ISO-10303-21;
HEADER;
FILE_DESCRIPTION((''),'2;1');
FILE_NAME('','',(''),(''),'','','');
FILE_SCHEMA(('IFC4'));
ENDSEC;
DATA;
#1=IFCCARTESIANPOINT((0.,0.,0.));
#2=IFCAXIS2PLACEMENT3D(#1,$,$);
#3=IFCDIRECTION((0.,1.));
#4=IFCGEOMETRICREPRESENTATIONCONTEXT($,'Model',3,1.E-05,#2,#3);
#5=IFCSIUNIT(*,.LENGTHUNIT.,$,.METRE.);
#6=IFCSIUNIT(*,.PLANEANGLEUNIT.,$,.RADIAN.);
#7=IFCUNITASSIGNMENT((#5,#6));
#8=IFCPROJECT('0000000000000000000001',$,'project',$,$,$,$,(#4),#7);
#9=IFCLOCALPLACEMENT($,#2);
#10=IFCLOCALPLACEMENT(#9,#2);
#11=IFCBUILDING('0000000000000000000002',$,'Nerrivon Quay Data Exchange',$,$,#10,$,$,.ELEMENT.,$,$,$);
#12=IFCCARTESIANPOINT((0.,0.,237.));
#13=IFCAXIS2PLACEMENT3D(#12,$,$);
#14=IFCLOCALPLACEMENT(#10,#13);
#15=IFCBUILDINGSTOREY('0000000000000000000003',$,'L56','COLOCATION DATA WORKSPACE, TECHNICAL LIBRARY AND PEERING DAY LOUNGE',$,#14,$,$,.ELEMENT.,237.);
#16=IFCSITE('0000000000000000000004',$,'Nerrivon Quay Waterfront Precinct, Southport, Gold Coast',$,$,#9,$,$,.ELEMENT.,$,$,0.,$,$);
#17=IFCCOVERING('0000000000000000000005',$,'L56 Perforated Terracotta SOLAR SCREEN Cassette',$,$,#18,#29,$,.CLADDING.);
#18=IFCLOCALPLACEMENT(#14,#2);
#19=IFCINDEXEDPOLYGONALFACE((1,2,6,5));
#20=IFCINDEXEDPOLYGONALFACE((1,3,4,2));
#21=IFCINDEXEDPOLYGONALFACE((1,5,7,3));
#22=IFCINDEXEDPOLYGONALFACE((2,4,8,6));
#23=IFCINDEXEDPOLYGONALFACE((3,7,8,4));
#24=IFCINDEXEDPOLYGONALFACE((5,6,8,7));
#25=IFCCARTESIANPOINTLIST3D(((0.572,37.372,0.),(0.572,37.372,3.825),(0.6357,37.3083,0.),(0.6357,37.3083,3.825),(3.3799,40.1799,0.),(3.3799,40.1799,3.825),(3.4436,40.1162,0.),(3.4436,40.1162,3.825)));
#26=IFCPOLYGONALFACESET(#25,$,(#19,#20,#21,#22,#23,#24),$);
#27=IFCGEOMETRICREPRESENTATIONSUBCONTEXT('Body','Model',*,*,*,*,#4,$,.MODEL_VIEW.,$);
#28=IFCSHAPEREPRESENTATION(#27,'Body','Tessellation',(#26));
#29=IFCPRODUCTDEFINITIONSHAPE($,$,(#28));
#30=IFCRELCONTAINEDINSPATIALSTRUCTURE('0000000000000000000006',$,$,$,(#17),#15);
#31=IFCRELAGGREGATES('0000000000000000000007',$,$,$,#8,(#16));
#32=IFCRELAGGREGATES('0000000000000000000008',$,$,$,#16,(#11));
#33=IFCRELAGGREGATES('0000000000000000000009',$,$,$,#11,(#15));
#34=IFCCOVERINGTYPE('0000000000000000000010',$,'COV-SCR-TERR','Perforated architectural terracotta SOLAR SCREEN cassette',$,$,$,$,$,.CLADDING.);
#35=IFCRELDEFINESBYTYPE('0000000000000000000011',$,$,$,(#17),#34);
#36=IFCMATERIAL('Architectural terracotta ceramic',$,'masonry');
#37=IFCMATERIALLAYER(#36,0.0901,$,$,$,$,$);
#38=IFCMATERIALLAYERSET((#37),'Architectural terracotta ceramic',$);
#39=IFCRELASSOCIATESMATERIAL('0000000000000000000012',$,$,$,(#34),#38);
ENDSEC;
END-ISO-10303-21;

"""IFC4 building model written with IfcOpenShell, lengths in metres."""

from ifc_helpers import new_model, si_unit, direction, frame, origin, origin_2d, place, context, subcontext, project, spatial, rectangle, extrude, material, layer, layer_set, type_object, element, save


model = new_model("IFC4")

# Units and contexts
model_context = context("Model", 3, precision=1e-05, world=origin(), true_north=direction((0.0, 1.0)))
body_context = subcontext(model_context, "Body", "Model", "MODEL_VIEW")
ifc_project = project(units=[si_unit("LENGTHUNIT", "METRE"), si_unit("PLANEANGLEUNIT", "RADIAN")], contexts=[model_context])

# Site, building, storey
site_placement = place(None, origin())
site = spatial("IfcSite", under=ifc_project, at=site_placement, Name="Nerrivon Quay Waterfront Precinct, Southport, Gold Coast", CompositionType="ELEMENT", RefElevation=0.0)
building_placement = place(site_placement, origin())
building = spatial("IfcBuilding", under=site, at=building_placement, Name="Nerrivon Quay Data Exchange", CompositionType="ELEMENT")
storey_placement = place(building_placement, frame((0.0, 0.0, 237.0)))
storey = spatial("IfcBuildingStorey", under=building, at=storey_placement, Name="L56", Description="COLOCATION DATA WORKSPACE, TECHNICAL LIBRARY AND PEERING DAY LOUNGE", CompositionType="ELEMENT", Elevation=237.0)

# Covering
ifc_material_1 = material(Name="Architectural terracotta ceramic", Category="masonry")
ifc_layer_1 = layer(ifc_material_1, 0.0901)
ifc_layer_set_1 = layer_set([ifc_layer_1], Name="Architectural terracotta ceramic")
covering_type = type_object("IfcCoveringType", Name="COV-SCR-TERR", Description="Perforated architectural terracotta SOLAR SCREEN cassette", PredefinedType="CLADDING", material=ifc_layer_set_1)
covering_placement = place(storey_placement, frame((2.0078, 38.7441, 0.0), z_axis=(0.0, 0.0, 1.0), x_axis=(0.707107, 0.707107, 0.0)))
element("IfcCovering", 1, at=covering_placement, inside=storey, type_object=covering_type, Name="L56 Perforated Terracotta SOLAR SCREEN Cassette", PredefinedType="CLADDING", context=body_context, shape_type="SweptSolid", body=[
    extrude(rectangle(XDim=3.9709, YDim=0.0901, at=origin_2d()), origin(), (0.0, 0.0, 1.0), 3.825),
])

save(model, "model.ifc")
